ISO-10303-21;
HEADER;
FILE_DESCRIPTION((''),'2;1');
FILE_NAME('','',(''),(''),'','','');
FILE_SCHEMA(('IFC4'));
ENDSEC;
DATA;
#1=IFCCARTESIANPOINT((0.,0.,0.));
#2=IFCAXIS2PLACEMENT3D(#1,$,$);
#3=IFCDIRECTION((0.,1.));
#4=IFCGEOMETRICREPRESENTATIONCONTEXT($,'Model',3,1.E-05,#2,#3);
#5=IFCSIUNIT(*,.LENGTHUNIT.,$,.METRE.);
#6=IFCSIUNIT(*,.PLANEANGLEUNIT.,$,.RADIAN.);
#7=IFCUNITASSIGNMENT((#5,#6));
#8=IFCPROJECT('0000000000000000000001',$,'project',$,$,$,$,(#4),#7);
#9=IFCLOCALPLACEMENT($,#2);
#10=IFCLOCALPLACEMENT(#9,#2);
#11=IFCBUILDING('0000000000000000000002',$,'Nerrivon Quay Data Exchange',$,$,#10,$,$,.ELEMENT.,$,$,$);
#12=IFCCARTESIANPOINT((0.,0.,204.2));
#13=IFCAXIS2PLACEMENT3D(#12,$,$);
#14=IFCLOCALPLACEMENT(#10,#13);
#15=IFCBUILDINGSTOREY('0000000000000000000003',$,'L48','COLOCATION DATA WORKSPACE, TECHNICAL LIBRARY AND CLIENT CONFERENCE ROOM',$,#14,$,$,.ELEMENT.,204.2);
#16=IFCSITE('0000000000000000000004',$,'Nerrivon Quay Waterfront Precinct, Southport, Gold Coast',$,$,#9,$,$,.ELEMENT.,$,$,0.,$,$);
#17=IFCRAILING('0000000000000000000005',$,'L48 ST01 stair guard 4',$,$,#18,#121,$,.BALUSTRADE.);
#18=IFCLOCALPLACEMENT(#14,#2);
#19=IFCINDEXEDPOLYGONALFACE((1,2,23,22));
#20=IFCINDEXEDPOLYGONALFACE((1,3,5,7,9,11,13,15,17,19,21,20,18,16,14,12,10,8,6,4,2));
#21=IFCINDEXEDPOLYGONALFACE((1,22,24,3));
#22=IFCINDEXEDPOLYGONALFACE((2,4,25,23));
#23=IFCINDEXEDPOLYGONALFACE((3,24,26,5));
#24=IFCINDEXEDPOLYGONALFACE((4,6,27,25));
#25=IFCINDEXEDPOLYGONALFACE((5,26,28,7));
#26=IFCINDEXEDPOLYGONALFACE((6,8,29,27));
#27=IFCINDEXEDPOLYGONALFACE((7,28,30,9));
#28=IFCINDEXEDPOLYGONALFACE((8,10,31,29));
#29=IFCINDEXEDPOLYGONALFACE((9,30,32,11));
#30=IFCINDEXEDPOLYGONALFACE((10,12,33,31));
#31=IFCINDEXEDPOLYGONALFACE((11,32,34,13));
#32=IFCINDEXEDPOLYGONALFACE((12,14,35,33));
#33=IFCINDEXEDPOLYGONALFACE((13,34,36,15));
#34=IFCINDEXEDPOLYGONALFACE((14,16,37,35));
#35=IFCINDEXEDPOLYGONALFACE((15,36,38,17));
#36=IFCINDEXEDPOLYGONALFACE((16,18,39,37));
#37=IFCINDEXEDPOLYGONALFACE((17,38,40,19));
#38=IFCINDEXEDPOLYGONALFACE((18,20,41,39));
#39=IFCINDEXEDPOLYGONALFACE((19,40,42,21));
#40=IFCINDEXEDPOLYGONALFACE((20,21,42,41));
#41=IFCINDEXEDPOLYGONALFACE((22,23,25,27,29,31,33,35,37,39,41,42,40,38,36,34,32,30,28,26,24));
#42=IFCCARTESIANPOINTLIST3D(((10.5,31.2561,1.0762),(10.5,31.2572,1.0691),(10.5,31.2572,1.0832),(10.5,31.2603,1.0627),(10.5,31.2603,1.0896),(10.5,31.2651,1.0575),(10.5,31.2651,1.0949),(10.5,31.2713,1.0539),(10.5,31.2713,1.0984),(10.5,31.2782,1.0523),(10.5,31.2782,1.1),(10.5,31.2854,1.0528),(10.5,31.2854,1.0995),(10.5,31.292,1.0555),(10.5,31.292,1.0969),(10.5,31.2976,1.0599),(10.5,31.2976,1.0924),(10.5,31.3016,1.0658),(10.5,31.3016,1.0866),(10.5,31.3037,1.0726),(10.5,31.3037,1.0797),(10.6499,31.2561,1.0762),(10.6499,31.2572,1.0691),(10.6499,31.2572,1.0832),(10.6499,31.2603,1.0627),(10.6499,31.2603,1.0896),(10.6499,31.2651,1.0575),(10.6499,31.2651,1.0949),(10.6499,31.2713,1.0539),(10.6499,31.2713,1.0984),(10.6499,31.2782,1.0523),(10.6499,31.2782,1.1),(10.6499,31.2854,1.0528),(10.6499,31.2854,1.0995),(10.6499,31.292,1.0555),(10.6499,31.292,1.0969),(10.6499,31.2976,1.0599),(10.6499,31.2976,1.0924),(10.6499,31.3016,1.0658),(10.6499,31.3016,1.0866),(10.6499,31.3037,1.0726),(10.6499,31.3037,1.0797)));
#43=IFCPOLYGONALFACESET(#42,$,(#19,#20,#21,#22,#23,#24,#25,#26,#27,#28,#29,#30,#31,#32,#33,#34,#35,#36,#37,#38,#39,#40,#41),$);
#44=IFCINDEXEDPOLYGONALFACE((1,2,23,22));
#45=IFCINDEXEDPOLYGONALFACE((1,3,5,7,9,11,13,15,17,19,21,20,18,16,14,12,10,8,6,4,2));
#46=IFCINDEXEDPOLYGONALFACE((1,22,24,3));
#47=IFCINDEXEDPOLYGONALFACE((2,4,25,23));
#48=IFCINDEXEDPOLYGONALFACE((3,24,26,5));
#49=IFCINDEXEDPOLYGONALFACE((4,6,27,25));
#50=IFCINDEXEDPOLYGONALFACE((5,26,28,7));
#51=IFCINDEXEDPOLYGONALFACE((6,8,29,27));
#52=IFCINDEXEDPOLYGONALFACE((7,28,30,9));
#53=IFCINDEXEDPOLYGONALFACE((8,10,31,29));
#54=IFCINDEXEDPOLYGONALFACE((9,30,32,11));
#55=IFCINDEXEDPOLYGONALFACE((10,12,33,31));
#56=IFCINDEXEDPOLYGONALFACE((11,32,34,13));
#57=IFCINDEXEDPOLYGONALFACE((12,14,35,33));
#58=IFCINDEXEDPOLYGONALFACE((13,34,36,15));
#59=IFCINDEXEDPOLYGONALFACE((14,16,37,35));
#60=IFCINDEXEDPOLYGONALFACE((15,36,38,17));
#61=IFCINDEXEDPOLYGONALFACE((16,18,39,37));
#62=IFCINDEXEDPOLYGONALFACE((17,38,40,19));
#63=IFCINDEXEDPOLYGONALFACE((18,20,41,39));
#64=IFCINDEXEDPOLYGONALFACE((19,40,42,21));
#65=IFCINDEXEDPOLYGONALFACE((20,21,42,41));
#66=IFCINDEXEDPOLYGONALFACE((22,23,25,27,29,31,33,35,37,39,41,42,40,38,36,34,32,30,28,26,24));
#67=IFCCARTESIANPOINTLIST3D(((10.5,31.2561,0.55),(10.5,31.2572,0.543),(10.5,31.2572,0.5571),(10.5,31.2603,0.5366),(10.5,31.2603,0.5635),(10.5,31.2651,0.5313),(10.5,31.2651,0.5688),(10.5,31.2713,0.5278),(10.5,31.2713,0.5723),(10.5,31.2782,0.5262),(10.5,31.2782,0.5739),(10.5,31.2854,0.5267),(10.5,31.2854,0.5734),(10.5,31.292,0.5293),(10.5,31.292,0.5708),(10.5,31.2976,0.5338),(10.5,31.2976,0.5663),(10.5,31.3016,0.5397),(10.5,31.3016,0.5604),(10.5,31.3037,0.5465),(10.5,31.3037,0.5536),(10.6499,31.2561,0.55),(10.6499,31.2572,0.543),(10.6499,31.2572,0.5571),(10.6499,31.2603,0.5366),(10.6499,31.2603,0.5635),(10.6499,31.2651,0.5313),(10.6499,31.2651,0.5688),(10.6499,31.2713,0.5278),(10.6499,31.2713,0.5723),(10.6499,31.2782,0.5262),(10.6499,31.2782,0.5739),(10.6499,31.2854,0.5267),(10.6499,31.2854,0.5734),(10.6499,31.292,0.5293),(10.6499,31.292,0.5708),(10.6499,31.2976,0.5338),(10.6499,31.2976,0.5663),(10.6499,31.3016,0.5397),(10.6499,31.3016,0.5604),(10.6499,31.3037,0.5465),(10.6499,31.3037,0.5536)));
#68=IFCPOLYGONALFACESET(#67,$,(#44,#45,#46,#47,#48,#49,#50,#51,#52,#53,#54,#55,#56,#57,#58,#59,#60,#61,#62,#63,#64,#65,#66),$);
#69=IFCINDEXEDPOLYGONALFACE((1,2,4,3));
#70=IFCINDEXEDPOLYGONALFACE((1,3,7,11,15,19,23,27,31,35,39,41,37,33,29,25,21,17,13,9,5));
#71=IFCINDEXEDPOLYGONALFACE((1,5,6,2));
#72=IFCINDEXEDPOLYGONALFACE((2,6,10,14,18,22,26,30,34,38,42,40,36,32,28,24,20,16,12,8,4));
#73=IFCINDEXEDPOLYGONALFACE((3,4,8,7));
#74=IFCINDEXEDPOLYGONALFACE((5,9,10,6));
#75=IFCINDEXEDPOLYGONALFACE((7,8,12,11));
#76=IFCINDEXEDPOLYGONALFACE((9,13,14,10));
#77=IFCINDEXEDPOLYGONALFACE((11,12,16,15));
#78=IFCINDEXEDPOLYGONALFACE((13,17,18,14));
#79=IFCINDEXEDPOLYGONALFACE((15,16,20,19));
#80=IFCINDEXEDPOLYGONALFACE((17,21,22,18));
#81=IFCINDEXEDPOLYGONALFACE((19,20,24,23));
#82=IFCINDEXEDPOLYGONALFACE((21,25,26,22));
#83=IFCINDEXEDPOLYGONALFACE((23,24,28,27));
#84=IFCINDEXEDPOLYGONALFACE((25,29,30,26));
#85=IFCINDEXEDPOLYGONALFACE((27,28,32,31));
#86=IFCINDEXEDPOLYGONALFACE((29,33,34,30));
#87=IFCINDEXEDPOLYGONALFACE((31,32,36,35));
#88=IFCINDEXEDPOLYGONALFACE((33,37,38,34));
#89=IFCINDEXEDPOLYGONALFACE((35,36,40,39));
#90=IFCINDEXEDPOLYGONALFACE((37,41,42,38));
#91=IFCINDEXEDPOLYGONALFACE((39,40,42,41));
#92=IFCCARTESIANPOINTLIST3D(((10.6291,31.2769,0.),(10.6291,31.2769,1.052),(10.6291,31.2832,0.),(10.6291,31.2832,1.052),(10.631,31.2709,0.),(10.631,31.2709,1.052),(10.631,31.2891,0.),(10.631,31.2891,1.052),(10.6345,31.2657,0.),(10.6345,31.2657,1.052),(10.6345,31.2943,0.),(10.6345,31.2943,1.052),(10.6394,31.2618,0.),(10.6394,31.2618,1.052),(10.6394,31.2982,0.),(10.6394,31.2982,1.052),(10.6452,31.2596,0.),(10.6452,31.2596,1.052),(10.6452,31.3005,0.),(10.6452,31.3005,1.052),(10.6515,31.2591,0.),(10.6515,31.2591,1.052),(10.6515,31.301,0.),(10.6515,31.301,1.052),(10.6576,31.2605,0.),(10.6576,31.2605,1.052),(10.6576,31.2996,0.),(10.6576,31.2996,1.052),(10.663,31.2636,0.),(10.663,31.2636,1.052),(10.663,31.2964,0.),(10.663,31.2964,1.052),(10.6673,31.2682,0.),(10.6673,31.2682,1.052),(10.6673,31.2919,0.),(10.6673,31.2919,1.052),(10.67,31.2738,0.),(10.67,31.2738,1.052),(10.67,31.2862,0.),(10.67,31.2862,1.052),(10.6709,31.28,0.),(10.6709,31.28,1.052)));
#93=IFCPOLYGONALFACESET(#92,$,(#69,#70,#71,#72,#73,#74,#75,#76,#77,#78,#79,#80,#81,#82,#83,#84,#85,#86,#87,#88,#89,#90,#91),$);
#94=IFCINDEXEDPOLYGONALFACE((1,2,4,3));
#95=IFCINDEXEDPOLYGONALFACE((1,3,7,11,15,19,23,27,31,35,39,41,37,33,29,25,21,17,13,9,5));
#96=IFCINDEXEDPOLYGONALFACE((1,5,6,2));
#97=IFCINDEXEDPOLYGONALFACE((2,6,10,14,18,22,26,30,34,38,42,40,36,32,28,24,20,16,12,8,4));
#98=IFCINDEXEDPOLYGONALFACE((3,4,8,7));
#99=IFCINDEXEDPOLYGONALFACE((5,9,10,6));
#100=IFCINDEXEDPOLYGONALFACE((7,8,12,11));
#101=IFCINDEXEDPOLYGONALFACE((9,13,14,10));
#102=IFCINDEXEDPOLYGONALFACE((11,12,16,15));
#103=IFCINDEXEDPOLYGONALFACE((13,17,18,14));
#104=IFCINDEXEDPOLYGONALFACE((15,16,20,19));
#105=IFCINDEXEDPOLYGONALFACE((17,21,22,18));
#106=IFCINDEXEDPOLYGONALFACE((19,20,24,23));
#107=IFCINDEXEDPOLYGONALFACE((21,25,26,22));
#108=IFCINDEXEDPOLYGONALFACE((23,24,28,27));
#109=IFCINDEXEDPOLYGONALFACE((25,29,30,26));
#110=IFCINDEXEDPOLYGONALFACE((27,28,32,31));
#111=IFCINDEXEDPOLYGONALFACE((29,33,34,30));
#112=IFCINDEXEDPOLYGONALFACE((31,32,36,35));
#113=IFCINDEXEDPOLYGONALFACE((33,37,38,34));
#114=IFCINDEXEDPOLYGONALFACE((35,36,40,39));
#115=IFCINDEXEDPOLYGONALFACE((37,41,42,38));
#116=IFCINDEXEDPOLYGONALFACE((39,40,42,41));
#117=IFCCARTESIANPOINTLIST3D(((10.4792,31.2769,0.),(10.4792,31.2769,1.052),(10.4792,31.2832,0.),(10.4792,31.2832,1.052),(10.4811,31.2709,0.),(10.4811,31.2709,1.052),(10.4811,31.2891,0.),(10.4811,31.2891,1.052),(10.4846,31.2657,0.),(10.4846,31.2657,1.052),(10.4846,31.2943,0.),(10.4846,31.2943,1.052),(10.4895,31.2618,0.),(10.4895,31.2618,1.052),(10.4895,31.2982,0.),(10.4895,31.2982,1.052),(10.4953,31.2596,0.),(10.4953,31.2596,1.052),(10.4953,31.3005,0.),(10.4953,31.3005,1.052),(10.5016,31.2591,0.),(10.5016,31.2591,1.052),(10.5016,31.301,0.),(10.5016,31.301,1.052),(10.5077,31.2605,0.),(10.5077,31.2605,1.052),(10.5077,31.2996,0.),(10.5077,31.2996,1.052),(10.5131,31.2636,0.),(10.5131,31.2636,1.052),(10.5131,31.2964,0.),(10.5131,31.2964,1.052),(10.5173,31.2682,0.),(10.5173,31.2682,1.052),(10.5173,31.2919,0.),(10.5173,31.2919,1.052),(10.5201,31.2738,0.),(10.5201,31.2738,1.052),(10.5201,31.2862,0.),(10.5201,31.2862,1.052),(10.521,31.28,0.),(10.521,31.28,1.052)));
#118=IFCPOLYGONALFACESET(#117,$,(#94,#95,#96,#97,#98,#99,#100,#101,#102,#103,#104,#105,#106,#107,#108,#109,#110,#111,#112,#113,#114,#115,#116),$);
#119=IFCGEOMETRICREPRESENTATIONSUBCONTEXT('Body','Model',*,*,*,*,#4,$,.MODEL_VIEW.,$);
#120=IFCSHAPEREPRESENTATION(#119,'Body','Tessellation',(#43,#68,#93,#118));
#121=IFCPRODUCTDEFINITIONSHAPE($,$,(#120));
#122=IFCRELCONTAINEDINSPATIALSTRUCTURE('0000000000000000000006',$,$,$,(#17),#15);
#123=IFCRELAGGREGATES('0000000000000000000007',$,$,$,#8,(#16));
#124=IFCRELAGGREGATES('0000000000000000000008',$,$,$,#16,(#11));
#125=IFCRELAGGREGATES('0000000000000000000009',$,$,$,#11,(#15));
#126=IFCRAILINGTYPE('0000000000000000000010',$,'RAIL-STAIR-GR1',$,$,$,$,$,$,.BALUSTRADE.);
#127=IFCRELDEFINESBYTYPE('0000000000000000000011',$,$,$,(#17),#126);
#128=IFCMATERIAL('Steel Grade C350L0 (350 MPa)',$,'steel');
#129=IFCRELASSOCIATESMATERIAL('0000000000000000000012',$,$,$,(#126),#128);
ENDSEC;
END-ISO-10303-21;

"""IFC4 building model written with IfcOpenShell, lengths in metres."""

from ifc_helpers import new_model, si_unit, direction, frame, origin, origin_2d, place, context, subcontext, project, spatial, circle, extrude, material, type_object, element, save


model = new_model("IFC4")

# Units and contexts
model_context = context("Model", 3, precision=1e-05, world=origin(), true_north=direction((0.0, 1.0)))
body_context = subcontext(model_context, "Body", "Model", "MODEL_VIEW")
ifc_project = project(units=[si_unit("LENGTHUNIT", "METRE"), si_unit("PLANEANGLEUNIT", "RADIAN")], contexts=[model_context])

# Site, building, storey
site_placement = place(None, origin())
site = spatial("IfcSite", under=ifc_project, at=site_placement, Name="Nerrivon Quay Waterfront Precinct, Southport, Gold Coast", CompositionType="ELEMENT", RefElevation=0.0)
building_placement = place(site_placement, origin())
building = spatial("IfcBuilding", under=site, at=building_placement, Name="Nerrivon Quay Data Exchange", CompositionType="ELEMENT")
storey_placement = place(building_placement, frame((0.0, 0.0, 204.2)))
storey = spatial("IfcBuildingStorey", under=building, at=storey_placement, Name="L48", Description="COLOCATION DATA WORKSPACE, TECHNICAL LIBRARY AND CLIENT CONFERENCE ROOM", CompositionType="ELEMENT", Elevation=204.2)

# Railing
ifc_material_1 = material(Name="Steel Grade C350L0 (350 MPa)", Category="steel")
railing_type_1 = type_object("IfcRailingType", Name="RAIL-STAIR-GR1", PredefinedType="BALUSTRADE", material=ifc_material_1)
railing_1_placement = place(storey_placement, frame((10.6499, 31.28, 0.0)))
element("IfcRailing", 1, at=railing_1_placement, inside=storey, type_object=railing_type_1, Name="L48 ST01 stair guard 4", PredefinedType="BALUSTRADE", context=body_context, shape_type="SweptSolid", body=[
    extrude(circle(Radius=0.0239, at=origin_2d()), frame((0.0, 0.0, 1.0762), z_axis=(-1.0, 0.0, 0.0), x_axis=(0.0, -1.0, 0.0)), (0.0, 0.0, 1.0), 0.1499),
    extrude(circle(Radius=0.0239, at=origin_2d()), frame((0.0, 0.0, 0.55), z_axis=(-1.0, 0.0, 0.0), x_axis=(0.0, -1.0, 0.0)), (0.0, 0.0, 1.0), 0.1499),
    extrude(circle(Radius=0.021, at=origin_2d()), origin(), (0.0, 0.0, 1.0), 1.052),
    extrude(circle(Radius=0.021, at=origin_2d()), frame((-0.1499, 0.0, 0.0)), (0.0, 0.0, 1.0), 1.052),
])

save(model, "model.ifc")
